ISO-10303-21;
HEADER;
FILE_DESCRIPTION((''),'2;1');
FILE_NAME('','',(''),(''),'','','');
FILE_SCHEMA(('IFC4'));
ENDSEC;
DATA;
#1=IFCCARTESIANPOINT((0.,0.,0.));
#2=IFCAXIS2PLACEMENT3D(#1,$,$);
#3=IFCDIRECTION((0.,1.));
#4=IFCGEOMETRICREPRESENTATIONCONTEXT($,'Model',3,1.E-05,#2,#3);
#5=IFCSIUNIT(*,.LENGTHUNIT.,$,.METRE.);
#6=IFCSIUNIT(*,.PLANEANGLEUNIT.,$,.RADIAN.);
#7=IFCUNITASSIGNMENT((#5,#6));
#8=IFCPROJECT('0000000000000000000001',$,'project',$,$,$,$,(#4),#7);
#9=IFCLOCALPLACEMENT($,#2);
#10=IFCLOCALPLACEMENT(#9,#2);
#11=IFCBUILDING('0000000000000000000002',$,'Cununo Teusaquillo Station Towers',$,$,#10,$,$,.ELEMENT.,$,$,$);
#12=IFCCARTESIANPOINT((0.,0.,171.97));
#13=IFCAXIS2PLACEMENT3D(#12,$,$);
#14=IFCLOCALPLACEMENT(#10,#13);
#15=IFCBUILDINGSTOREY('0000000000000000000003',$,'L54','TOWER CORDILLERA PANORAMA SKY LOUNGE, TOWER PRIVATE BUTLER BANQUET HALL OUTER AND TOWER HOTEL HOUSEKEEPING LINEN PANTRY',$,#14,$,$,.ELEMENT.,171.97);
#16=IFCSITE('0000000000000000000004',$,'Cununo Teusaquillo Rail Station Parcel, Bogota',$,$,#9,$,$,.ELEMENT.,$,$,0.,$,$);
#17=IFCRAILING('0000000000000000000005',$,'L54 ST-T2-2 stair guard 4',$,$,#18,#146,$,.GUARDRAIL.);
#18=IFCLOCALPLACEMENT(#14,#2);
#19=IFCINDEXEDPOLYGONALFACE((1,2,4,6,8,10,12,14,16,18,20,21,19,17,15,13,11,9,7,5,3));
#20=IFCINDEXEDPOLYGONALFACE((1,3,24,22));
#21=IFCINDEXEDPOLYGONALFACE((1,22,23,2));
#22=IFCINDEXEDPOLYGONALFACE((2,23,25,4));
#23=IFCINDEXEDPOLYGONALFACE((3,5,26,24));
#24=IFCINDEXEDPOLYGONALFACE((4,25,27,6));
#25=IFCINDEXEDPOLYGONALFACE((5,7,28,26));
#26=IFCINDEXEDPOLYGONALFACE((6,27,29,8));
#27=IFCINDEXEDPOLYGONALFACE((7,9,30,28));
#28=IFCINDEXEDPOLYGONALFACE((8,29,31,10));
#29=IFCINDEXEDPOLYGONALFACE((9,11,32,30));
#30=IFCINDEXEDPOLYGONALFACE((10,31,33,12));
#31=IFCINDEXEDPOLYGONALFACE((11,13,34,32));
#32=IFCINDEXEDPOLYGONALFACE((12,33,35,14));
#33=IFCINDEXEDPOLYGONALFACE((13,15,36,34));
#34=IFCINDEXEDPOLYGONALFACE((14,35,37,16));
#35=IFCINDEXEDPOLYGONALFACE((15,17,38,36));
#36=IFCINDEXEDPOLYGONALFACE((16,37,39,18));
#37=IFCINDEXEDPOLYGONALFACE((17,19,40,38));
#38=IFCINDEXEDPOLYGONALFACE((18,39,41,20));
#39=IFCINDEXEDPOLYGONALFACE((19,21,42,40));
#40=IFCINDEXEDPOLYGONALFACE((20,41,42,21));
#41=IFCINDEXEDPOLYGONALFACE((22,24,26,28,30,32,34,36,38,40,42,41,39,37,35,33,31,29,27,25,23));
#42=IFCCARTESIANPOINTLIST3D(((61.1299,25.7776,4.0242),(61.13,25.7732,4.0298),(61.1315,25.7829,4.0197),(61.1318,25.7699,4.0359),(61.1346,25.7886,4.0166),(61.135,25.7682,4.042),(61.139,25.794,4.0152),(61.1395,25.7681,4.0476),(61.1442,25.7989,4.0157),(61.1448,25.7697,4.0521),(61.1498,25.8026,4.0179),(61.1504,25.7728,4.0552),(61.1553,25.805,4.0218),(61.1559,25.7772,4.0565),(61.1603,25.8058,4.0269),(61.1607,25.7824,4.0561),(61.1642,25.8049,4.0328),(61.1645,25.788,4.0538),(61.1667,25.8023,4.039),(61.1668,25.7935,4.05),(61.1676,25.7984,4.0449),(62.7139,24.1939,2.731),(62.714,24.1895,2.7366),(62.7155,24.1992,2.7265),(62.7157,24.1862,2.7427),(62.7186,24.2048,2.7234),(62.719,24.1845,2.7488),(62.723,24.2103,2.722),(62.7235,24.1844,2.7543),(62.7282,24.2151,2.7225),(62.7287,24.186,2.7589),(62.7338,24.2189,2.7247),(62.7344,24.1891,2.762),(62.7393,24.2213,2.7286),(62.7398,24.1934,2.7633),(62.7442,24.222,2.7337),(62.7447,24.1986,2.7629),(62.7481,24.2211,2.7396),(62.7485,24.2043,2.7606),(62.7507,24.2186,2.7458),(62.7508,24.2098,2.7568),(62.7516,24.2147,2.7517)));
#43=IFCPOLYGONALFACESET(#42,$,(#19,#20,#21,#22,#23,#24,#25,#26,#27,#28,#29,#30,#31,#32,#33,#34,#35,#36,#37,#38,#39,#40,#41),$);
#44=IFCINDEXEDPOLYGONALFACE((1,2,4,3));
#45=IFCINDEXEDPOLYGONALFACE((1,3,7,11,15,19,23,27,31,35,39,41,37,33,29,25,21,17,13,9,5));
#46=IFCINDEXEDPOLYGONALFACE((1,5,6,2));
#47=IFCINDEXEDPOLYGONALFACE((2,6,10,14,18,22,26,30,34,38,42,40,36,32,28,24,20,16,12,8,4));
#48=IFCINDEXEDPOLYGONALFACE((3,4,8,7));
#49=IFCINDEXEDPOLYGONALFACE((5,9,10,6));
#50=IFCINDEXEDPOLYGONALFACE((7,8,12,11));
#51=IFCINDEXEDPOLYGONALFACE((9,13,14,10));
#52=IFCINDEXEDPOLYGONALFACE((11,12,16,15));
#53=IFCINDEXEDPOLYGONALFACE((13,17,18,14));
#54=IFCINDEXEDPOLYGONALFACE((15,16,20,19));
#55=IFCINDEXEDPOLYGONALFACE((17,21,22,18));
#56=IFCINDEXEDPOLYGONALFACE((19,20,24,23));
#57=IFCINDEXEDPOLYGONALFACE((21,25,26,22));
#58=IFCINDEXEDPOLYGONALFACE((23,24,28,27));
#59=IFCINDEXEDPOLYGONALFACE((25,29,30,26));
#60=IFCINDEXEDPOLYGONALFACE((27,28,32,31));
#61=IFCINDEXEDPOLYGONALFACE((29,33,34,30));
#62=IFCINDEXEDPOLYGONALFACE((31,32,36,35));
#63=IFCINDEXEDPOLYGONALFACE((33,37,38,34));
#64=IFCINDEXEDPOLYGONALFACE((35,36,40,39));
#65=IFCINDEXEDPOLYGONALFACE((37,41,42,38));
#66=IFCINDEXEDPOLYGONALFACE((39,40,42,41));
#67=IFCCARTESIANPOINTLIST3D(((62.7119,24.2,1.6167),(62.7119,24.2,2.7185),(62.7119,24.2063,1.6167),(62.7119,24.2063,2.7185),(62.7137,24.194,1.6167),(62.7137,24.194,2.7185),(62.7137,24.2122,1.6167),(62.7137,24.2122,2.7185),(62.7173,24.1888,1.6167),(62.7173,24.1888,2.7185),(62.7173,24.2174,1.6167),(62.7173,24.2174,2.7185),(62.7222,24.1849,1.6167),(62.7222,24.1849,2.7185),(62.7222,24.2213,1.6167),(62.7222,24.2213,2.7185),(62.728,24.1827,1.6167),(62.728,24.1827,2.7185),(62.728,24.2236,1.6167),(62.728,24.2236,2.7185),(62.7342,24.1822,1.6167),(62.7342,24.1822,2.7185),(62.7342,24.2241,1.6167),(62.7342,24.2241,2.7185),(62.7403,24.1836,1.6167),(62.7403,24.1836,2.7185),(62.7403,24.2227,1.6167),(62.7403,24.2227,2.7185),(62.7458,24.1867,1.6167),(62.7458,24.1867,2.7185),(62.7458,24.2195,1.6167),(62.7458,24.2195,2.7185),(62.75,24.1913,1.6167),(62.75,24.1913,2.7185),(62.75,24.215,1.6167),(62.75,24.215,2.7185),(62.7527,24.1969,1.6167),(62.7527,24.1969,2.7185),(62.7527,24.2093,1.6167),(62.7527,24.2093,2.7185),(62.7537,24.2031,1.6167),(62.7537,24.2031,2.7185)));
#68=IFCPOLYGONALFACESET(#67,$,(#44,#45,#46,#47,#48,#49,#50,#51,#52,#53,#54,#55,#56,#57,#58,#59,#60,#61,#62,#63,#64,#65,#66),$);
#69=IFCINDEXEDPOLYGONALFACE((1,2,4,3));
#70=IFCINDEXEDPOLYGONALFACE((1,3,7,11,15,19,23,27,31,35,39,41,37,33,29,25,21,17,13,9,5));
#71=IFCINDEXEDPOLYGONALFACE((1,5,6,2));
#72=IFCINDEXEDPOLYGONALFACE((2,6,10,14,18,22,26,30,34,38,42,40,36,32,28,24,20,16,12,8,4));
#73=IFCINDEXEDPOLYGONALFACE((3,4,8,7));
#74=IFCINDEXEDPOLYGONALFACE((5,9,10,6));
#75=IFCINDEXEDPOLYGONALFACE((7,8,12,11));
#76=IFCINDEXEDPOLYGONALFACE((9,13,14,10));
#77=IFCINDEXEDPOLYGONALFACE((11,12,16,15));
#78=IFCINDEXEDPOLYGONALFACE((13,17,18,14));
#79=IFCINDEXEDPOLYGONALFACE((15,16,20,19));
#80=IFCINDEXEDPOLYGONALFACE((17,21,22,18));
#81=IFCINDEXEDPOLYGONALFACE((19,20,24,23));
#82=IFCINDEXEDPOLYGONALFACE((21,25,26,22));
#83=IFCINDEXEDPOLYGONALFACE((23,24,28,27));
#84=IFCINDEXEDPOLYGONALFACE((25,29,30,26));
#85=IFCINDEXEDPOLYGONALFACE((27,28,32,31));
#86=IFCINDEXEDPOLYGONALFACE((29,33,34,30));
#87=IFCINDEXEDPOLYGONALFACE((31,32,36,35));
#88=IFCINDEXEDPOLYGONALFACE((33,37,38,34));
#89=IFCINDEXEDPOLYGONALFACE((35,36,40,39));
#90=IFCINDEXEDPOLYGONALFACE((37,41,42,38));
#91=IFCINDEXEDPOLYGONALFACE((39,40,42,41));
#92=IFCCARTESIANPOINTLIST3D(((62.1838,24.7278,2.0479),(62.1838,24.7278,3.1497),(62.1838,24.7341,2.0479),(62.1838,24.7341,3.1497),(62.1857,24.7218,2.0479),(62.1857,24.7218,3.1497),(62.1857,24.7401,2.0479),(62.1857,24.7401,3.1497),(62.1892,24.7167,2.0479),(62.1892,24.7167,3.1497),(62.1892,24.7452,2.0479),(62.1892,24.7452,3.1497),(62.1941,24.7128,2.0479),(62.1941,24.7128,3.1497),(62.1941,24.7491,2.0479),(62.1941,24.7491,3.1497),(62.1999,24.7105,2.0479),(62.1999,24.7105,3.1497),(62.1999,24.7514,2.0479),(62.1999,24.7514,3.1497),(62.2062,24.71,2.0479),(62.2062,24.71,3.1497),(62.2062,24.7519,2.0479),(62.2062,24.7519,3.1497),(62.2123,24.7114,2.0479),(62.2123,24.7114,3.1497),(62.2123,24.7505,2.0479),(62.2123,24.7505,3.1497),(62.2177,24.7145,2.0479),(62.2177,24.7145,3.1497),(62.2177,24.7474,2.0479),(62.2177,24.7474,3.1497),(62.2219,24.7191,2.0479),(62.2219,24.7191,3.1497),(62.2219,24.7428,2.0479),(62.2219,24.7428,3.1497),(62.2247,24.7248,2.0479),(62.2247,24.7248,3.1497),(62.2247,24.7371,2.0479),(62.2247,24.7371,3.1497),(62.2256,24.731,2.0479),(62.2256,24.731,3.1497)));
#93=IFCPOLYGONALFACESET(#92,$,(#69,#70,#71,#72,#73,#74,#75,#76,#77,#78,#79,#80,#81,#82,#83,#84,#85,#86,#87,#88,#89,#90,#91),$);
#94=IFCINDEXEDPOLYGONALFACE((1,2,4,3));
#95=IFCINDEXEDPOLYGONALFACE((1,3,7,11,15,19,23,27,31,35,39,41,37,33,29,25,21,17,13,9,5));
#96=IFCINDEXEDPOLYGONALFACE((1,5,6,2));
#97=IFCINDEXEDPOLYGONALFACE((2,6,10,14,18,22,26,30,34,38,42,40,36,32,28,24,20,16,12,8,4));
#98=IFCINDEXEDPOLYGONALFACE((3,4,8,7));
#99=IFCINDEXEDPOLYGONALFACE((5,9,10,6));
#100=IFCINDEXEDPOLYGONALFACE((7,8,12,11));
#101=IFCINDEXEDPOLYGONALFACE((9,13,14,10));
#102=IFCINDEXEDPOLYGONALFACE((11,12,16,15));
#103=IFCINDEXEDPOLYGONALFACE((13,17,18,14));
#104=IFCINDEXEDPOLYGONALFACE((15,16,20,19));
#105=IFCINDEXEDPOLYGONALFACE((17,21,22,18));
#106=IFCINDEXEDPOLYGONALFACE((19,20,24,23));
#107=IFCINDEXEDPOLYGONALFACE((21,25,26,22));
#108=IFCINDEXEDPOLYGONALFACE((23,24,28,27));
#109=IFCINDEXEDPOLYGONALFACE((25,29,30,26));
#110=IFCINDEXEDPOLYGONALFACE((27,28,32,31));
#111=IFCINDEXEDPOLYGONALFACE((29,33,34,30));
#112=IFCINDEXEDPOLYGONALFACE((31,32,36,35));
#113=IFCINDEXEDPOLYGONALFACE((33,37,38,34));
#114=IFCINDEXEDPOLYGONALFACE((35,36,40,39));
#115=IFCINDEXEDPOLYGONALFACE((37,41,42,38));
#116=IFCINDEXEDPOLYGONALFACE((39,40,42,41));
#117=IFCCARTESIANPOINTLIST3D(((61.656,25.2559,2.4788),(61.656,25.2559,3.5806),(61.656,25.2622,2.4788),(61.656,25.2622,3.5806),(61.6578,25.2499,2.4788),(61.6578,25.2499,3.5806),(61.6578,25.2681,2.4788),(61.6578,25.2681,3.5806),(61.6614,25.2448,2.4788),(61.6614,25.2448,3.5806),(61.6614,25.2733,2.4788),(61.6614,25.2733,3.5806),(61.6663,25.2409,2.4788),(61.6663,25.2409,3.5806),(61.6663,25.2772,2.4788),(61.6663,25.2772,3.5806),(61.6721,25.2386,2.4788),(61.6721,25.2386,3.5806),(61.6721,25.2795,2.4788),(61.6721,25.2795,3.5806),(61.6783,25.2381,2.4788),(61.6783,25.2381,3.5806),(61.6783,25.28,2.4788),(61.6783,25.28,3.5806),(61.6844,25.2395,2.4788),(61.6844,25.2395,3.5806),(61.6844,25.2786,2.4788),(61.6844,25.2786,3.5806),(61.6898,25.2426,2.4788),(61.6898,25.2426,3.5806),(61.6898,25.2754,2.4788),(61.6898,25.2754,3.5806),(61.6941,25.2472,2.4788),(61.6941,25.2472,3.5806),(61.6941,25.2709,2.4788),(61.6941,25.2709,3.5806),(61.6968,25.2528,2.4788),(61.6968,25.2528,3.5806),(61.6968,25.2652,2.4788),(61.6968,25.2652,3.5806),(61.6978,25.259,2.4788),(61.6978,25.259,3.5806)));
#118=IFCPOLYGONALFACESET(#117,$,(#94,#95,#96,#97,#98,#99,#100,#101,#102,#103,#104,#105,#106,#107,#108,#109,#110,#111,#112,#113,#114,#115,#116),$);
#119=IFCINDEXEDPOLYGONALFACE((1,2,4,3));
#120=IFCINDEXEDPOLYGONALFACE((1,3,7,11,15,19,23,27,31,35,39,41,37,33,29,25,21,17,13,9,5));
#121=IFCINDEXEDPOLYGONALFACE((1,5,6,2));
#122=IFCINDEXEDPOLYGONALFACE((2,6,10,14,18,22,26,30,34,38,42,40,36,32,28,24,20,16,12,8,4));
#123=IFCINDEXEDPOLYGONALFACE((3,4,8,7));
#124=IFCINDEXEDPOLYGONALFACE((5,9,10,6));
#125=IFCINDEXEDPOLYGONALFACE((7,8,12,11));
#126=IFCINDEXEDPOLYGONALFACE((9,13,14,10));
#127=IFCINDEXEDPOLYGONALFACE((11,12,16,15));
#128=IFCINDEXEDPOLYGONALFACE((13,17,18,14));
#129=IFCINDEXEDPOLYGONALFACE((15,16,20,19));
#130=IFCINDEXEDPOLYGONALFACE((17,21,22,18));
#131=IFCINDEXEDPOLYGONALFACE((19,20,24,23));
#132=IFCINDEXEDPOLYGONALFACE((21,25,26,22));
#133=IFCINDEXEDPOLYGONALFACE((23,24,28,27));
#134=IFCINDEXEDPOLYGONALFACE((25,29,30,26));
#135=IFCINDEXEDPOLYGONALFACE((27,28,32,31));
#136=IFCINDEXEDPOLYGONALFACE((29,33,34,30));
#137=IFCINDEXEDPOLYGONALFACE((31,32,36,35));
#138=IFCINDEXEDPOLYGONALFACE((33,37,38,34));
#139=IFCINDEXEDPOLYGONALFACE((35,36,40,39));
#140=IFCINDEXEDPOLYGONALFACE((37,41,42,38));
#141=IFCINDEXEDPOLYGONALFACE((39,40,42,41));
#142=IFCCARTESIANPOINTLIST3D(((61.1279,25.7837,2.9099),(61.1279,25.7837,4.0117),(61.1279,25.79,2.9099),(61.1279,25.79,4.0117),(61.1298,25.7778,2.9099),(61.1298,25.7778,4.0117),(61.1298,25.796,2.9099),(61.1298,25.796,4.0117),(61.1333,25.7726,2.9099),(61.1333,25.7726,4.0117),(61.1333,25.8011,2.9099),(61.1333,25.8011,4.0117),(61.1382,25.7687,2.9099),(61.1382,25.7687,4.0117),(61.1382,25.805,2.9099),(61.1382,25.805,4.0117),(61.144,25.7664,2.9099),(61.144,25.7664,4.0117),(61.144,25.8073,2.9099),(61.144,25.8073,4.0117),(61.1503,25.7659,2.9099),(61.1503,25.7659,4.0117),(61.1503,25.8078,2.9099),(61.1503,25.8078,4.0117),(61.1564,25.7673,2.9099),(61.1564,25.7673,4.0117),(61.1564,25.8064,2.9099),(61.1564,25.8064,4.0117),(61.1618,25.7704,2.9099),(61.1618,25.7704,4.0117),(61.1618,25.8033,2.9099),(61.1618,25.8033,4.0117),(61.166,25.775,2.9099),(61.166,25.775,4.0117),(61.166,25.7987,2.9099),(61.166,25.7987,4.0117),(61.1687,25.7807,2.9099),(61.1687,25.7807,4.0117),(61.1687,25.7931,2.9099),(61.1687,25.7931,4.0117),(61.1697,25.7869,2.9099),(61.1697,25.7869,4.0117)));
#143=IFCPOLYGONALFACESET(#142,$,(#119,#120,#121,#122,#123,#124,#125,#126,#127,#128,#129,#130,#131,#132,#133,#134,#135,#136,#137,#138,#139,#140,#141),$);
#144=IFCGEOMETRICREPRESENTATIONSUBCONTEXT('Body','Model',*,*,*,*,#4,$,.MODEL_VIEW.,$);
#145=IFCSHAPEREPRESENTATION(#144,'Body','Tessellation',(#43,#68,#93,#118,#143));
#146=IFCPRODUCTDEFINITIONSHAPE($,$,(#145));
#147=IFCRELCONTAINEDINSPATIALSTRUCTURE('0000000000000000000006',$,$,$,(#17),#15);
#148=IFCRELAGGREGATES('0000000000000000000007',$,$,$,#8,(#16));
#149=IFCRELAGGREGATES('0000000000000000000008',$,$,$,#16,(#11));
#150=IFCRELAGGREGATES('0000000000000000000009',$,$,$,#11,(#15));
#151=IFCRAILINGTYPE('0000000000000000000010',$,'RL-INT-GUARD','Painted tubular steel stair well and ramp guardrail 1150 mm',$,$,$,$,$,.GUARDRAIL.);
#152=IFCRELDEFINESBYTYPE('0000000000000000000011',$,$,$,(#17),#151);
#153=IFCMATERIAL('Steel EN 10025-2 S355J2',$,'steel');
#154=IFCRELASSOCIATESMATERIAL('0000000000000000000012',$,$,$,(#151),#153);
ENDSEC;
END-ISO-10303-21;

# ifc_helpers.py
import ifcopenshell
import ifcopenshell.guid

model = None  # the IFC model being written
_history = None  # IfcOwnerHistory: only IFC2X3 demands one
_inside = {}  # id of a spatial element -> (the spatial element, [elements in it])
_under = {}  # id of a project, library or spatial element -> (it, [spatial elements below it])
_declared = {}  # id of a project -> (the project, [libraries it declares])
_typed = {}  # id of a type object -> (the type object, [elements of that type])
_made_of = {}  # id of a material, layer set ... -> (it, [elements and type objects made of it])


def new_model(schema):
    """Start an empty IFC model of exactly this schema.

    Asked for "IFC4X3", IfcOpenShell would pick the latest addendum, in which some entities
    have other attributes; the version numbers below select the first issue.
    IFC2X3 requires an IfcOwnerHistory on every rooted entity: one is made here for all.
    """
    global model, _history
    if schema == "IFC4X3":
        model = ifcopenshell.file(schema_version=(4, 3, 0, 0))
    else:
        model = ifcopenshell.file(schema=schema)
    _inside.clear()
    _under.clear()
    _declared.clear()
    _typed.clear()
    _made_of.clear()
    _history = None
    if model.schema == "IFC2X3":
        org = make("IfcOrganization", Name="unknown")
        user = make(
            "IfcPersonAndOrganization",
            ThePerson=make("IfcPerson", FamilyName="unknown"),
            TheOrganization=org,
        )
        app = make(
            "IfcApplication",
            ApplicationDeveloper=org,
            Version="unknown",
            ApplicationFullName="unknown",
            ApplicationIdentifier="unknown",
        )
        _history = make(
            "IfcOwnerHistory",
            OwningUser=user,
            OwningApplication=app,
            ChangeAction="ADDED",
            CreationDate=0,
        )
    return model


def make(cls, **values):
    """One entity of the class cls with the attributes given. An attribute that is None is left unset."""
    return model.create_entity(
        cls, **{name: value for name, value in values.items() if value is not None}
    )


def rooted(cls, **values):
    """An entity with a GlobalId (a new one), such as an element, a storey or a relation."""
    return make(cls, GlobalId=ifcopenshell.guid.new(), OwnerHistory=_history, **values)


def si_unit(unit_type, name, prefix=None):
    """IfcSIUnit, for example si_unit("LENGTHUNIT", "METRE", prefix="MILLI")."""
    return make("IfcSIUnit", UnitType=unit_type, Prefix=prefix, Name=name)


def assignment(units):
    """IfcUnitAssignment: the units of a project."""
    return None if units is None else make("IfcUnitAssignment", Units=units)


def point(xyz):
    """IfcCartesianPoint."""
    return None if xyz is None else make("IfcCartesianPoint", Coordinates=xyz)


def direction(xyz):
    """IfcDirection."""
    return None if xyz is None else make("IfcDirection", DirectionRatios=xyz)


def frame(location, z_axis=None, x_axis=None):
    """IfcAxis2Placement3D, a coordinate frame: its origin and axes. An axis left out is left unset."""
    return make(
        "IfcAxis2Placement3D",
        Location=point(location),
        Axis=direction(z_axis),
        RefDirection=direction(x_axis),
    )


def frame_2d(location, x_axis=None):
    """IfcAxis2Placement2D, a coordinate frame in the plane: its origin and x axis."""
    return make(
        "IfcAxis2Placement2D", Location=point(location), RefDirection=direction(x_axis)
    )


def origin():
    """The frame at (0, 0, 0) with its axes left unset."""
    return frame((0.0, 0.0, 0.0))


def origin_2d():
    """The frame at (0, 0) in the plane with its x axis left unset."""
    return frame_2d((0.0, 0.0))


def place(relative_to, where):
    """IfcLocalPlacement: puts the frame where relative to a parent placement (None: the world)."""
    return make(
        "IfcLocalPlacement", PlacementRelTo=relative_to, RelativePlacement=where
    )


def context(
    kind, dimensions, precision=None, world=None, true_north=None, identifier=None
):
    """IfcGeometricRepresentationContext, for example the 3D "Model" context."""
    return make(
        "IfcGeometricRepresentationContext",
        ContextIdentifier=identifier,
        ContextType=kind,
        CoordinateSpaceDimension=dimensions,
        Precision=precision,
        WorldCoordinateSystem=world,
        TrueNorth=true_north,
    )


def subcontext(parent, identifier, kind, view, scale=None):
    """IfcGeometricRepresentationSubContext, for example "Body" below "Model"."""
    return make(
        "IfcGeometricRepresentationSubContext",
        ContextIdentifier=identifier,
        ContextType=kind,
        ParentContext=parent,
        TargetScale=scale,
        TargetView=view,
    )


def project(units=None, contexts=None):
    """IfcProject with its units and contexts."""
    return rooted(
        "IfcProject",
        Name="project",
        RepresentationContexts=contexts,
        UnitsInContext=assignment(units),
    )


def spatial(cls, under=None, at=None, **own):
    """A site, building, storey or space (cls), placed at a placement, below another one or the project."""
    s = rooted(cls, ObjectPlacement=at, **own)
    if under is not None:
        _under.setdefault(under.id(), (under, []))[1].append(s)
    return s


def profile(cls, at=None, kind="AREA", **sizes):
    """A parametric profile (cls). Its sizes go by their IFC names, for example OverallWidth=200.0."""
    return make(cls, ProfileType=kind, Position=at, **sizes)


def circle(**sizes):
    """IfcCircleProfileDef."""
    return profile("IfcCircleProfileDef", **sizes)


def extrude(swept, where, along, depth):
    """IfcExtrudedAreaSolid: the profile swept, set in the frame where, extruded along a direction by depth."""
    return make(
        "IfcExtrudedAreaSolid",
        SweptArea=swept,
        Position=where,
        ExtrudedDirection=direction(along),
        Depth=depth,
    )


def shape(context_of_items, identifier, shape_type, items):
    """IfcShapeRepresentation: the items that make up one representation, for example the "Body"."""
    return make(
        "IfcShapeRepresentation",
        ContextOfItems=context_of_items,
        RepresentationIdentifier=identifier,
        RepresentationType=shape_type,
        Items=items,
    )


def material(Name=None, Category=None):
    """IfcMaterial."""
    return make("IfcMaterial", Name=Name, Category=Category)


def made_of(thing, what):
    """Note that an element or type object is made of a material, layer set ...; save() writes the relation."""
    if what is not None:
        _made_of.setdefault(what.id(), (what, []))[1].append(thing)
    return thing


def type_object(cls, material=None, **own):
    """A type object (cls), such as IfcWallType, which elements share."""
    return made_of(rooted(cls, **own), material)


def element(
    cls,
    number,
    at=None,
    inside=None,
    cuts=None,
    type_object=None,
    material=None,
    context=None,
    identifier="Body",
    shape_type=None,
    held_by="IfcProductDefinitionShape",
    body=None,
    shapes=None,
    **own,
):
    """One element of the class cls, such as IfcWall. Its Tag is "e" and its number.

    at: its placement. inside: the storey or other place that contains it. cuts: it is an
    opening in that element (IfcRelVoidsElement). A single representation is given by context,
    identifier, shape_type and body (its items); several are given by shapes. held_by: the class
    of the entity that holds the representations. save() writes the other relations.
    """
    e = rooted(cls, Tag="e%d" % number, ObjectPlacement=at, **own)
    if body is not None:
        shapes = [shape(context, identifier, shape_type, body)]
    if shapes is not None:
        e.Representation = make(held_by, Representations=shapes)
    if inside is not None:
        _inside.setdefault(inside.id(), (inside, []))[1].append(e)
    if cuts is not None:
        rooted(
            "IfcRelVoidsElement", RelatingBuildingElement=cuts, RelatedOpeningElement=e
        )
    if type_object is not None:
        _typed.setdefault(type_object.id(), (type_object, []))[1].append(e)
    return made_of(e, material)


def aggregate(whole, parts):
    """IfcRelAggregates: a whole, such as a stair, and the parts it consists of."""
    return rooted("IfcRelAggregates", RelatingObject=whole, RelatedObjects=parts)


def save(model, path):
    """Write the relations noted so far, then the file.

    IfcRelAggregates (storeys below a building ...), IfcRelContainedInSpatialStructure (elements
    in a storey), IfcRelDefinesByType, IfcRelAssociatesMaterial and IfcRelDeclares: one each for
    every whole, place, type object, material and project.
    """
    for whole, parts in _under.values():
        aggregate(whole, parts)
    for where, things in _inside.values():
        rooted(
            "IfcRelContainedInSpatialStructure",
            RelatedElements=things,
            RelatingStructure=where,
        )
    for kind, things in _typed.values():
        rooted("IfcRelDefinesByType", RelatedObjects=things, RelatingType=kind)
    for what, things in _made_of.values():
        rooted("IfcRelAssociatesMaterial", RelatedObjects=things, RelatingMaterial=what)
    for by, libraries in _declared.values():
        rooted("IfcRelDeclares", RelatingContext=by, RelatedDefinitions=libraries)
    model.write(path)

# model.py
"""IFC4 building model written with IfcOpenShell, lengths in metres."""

from ifc_helpers import new_model, si_unit, direction, frame, origin, origin_2d, place, context, subcontext, project, spatial, circle, extrude, material, type_object, element, save


model = new_model("IFC4")

# Units and contexts
model_context = context("Model", 3, precision=1e-05, world=origin(), true_north=direction((0.0, 1.0)))
body_context = subcontext(model_context, "Body", "Model", "MODEL_VIEW")
ifc_project = project(units=[si_unit("LENGTHUNIT", "METRE"), si_unit("PLANEANGLEUNIT", "RADIAN")], contexts=[model_context])

# Site, building, storey
site_placement = place(None, origin())
site = spatial("IfcSite", under=ifc_project, at=site_placement, Name="Cununo Teusaquillo Rail Station Parcel, Bogota", CompositionType="ELEMENT", RefElevation=0.0)
building_placement = place(site_placement, origin())
building = spatial("IfcBuilding", under=site, at=building_placement, Name="Cununo Teusaquillo Station Towers", CompositionType="ELEMENT")
storey_placement = place(building_placement, frame((0.0, 0.0, 171.97)))
storey = spatial("IfcBuildingStorey", under=building, at=storey_placement, Name="L54", Description="TOWER CORDILLERA PANORAMA SKY LOUNGE, TOWER PRIVATE BUTLER BANQUET HALL OUTER AND TOWER HOTEL HOUSEKEEPING LINEN PANTRY", CompositionType="ELEMENT", Elevation=171.97)

# Railing
ifc_material_1 = material(Name="Steel EN 10025-2 S355J2", Category="steel")
railing_type_1 = type_object("IfcRailingType", Name="RL-INT-GUARD", Description="Painted tubular steel stair well and ramp guardrail 1150 mm", PredefinedType="GUARDRAIL", material=ifc_material_1)
railing_1_placement = place(storey_placement, frame((62.7327, 24.2031, 1.6167)))
element("IfcRailing", 1, at=railing_1_placement, inside=storey, type_object=railing_type_1, Name="L54 ST-T2-2 stair guard 4", PredefinedType="GUARDRAIL", context=body_context, shape_type="SweptSolid", body=[
    extrude(circle(Radius=0.0239, at=origin_2d()), frame((0.0, 0.0, 1.126), z_axis=(-0.61242, 0.612326, 0.499998), x_axis=(-0.707052, -0.707161, 0.0)), (0.0, 0.0, 1.0), 2.5864),
    extrude(circle(Radius=0.021, at=origin_2d()), origin(), (0.0, 0.0, 1.0), 1.1018),
    extrude(circle(Radius=0.021, at=origin_2d()), frame((-0.5281, 0.5278, 0.4312)), (0.0, 0.0, 1.0), 1.1018),
    extrude(circle(Radius=0.021, at=origin_2d()), frame((-1.0559, 1.0559, 0.8621)), (0.0, 0.0, 1.0), 1.1018),
    extrude(circle(Radius=0.021, at=origin_2d()), frame((-1.584, 1.5837, 1.2932)), (0.0, 0.0, 1.0), 1.1018),
])

save(model, "model.ifc")
